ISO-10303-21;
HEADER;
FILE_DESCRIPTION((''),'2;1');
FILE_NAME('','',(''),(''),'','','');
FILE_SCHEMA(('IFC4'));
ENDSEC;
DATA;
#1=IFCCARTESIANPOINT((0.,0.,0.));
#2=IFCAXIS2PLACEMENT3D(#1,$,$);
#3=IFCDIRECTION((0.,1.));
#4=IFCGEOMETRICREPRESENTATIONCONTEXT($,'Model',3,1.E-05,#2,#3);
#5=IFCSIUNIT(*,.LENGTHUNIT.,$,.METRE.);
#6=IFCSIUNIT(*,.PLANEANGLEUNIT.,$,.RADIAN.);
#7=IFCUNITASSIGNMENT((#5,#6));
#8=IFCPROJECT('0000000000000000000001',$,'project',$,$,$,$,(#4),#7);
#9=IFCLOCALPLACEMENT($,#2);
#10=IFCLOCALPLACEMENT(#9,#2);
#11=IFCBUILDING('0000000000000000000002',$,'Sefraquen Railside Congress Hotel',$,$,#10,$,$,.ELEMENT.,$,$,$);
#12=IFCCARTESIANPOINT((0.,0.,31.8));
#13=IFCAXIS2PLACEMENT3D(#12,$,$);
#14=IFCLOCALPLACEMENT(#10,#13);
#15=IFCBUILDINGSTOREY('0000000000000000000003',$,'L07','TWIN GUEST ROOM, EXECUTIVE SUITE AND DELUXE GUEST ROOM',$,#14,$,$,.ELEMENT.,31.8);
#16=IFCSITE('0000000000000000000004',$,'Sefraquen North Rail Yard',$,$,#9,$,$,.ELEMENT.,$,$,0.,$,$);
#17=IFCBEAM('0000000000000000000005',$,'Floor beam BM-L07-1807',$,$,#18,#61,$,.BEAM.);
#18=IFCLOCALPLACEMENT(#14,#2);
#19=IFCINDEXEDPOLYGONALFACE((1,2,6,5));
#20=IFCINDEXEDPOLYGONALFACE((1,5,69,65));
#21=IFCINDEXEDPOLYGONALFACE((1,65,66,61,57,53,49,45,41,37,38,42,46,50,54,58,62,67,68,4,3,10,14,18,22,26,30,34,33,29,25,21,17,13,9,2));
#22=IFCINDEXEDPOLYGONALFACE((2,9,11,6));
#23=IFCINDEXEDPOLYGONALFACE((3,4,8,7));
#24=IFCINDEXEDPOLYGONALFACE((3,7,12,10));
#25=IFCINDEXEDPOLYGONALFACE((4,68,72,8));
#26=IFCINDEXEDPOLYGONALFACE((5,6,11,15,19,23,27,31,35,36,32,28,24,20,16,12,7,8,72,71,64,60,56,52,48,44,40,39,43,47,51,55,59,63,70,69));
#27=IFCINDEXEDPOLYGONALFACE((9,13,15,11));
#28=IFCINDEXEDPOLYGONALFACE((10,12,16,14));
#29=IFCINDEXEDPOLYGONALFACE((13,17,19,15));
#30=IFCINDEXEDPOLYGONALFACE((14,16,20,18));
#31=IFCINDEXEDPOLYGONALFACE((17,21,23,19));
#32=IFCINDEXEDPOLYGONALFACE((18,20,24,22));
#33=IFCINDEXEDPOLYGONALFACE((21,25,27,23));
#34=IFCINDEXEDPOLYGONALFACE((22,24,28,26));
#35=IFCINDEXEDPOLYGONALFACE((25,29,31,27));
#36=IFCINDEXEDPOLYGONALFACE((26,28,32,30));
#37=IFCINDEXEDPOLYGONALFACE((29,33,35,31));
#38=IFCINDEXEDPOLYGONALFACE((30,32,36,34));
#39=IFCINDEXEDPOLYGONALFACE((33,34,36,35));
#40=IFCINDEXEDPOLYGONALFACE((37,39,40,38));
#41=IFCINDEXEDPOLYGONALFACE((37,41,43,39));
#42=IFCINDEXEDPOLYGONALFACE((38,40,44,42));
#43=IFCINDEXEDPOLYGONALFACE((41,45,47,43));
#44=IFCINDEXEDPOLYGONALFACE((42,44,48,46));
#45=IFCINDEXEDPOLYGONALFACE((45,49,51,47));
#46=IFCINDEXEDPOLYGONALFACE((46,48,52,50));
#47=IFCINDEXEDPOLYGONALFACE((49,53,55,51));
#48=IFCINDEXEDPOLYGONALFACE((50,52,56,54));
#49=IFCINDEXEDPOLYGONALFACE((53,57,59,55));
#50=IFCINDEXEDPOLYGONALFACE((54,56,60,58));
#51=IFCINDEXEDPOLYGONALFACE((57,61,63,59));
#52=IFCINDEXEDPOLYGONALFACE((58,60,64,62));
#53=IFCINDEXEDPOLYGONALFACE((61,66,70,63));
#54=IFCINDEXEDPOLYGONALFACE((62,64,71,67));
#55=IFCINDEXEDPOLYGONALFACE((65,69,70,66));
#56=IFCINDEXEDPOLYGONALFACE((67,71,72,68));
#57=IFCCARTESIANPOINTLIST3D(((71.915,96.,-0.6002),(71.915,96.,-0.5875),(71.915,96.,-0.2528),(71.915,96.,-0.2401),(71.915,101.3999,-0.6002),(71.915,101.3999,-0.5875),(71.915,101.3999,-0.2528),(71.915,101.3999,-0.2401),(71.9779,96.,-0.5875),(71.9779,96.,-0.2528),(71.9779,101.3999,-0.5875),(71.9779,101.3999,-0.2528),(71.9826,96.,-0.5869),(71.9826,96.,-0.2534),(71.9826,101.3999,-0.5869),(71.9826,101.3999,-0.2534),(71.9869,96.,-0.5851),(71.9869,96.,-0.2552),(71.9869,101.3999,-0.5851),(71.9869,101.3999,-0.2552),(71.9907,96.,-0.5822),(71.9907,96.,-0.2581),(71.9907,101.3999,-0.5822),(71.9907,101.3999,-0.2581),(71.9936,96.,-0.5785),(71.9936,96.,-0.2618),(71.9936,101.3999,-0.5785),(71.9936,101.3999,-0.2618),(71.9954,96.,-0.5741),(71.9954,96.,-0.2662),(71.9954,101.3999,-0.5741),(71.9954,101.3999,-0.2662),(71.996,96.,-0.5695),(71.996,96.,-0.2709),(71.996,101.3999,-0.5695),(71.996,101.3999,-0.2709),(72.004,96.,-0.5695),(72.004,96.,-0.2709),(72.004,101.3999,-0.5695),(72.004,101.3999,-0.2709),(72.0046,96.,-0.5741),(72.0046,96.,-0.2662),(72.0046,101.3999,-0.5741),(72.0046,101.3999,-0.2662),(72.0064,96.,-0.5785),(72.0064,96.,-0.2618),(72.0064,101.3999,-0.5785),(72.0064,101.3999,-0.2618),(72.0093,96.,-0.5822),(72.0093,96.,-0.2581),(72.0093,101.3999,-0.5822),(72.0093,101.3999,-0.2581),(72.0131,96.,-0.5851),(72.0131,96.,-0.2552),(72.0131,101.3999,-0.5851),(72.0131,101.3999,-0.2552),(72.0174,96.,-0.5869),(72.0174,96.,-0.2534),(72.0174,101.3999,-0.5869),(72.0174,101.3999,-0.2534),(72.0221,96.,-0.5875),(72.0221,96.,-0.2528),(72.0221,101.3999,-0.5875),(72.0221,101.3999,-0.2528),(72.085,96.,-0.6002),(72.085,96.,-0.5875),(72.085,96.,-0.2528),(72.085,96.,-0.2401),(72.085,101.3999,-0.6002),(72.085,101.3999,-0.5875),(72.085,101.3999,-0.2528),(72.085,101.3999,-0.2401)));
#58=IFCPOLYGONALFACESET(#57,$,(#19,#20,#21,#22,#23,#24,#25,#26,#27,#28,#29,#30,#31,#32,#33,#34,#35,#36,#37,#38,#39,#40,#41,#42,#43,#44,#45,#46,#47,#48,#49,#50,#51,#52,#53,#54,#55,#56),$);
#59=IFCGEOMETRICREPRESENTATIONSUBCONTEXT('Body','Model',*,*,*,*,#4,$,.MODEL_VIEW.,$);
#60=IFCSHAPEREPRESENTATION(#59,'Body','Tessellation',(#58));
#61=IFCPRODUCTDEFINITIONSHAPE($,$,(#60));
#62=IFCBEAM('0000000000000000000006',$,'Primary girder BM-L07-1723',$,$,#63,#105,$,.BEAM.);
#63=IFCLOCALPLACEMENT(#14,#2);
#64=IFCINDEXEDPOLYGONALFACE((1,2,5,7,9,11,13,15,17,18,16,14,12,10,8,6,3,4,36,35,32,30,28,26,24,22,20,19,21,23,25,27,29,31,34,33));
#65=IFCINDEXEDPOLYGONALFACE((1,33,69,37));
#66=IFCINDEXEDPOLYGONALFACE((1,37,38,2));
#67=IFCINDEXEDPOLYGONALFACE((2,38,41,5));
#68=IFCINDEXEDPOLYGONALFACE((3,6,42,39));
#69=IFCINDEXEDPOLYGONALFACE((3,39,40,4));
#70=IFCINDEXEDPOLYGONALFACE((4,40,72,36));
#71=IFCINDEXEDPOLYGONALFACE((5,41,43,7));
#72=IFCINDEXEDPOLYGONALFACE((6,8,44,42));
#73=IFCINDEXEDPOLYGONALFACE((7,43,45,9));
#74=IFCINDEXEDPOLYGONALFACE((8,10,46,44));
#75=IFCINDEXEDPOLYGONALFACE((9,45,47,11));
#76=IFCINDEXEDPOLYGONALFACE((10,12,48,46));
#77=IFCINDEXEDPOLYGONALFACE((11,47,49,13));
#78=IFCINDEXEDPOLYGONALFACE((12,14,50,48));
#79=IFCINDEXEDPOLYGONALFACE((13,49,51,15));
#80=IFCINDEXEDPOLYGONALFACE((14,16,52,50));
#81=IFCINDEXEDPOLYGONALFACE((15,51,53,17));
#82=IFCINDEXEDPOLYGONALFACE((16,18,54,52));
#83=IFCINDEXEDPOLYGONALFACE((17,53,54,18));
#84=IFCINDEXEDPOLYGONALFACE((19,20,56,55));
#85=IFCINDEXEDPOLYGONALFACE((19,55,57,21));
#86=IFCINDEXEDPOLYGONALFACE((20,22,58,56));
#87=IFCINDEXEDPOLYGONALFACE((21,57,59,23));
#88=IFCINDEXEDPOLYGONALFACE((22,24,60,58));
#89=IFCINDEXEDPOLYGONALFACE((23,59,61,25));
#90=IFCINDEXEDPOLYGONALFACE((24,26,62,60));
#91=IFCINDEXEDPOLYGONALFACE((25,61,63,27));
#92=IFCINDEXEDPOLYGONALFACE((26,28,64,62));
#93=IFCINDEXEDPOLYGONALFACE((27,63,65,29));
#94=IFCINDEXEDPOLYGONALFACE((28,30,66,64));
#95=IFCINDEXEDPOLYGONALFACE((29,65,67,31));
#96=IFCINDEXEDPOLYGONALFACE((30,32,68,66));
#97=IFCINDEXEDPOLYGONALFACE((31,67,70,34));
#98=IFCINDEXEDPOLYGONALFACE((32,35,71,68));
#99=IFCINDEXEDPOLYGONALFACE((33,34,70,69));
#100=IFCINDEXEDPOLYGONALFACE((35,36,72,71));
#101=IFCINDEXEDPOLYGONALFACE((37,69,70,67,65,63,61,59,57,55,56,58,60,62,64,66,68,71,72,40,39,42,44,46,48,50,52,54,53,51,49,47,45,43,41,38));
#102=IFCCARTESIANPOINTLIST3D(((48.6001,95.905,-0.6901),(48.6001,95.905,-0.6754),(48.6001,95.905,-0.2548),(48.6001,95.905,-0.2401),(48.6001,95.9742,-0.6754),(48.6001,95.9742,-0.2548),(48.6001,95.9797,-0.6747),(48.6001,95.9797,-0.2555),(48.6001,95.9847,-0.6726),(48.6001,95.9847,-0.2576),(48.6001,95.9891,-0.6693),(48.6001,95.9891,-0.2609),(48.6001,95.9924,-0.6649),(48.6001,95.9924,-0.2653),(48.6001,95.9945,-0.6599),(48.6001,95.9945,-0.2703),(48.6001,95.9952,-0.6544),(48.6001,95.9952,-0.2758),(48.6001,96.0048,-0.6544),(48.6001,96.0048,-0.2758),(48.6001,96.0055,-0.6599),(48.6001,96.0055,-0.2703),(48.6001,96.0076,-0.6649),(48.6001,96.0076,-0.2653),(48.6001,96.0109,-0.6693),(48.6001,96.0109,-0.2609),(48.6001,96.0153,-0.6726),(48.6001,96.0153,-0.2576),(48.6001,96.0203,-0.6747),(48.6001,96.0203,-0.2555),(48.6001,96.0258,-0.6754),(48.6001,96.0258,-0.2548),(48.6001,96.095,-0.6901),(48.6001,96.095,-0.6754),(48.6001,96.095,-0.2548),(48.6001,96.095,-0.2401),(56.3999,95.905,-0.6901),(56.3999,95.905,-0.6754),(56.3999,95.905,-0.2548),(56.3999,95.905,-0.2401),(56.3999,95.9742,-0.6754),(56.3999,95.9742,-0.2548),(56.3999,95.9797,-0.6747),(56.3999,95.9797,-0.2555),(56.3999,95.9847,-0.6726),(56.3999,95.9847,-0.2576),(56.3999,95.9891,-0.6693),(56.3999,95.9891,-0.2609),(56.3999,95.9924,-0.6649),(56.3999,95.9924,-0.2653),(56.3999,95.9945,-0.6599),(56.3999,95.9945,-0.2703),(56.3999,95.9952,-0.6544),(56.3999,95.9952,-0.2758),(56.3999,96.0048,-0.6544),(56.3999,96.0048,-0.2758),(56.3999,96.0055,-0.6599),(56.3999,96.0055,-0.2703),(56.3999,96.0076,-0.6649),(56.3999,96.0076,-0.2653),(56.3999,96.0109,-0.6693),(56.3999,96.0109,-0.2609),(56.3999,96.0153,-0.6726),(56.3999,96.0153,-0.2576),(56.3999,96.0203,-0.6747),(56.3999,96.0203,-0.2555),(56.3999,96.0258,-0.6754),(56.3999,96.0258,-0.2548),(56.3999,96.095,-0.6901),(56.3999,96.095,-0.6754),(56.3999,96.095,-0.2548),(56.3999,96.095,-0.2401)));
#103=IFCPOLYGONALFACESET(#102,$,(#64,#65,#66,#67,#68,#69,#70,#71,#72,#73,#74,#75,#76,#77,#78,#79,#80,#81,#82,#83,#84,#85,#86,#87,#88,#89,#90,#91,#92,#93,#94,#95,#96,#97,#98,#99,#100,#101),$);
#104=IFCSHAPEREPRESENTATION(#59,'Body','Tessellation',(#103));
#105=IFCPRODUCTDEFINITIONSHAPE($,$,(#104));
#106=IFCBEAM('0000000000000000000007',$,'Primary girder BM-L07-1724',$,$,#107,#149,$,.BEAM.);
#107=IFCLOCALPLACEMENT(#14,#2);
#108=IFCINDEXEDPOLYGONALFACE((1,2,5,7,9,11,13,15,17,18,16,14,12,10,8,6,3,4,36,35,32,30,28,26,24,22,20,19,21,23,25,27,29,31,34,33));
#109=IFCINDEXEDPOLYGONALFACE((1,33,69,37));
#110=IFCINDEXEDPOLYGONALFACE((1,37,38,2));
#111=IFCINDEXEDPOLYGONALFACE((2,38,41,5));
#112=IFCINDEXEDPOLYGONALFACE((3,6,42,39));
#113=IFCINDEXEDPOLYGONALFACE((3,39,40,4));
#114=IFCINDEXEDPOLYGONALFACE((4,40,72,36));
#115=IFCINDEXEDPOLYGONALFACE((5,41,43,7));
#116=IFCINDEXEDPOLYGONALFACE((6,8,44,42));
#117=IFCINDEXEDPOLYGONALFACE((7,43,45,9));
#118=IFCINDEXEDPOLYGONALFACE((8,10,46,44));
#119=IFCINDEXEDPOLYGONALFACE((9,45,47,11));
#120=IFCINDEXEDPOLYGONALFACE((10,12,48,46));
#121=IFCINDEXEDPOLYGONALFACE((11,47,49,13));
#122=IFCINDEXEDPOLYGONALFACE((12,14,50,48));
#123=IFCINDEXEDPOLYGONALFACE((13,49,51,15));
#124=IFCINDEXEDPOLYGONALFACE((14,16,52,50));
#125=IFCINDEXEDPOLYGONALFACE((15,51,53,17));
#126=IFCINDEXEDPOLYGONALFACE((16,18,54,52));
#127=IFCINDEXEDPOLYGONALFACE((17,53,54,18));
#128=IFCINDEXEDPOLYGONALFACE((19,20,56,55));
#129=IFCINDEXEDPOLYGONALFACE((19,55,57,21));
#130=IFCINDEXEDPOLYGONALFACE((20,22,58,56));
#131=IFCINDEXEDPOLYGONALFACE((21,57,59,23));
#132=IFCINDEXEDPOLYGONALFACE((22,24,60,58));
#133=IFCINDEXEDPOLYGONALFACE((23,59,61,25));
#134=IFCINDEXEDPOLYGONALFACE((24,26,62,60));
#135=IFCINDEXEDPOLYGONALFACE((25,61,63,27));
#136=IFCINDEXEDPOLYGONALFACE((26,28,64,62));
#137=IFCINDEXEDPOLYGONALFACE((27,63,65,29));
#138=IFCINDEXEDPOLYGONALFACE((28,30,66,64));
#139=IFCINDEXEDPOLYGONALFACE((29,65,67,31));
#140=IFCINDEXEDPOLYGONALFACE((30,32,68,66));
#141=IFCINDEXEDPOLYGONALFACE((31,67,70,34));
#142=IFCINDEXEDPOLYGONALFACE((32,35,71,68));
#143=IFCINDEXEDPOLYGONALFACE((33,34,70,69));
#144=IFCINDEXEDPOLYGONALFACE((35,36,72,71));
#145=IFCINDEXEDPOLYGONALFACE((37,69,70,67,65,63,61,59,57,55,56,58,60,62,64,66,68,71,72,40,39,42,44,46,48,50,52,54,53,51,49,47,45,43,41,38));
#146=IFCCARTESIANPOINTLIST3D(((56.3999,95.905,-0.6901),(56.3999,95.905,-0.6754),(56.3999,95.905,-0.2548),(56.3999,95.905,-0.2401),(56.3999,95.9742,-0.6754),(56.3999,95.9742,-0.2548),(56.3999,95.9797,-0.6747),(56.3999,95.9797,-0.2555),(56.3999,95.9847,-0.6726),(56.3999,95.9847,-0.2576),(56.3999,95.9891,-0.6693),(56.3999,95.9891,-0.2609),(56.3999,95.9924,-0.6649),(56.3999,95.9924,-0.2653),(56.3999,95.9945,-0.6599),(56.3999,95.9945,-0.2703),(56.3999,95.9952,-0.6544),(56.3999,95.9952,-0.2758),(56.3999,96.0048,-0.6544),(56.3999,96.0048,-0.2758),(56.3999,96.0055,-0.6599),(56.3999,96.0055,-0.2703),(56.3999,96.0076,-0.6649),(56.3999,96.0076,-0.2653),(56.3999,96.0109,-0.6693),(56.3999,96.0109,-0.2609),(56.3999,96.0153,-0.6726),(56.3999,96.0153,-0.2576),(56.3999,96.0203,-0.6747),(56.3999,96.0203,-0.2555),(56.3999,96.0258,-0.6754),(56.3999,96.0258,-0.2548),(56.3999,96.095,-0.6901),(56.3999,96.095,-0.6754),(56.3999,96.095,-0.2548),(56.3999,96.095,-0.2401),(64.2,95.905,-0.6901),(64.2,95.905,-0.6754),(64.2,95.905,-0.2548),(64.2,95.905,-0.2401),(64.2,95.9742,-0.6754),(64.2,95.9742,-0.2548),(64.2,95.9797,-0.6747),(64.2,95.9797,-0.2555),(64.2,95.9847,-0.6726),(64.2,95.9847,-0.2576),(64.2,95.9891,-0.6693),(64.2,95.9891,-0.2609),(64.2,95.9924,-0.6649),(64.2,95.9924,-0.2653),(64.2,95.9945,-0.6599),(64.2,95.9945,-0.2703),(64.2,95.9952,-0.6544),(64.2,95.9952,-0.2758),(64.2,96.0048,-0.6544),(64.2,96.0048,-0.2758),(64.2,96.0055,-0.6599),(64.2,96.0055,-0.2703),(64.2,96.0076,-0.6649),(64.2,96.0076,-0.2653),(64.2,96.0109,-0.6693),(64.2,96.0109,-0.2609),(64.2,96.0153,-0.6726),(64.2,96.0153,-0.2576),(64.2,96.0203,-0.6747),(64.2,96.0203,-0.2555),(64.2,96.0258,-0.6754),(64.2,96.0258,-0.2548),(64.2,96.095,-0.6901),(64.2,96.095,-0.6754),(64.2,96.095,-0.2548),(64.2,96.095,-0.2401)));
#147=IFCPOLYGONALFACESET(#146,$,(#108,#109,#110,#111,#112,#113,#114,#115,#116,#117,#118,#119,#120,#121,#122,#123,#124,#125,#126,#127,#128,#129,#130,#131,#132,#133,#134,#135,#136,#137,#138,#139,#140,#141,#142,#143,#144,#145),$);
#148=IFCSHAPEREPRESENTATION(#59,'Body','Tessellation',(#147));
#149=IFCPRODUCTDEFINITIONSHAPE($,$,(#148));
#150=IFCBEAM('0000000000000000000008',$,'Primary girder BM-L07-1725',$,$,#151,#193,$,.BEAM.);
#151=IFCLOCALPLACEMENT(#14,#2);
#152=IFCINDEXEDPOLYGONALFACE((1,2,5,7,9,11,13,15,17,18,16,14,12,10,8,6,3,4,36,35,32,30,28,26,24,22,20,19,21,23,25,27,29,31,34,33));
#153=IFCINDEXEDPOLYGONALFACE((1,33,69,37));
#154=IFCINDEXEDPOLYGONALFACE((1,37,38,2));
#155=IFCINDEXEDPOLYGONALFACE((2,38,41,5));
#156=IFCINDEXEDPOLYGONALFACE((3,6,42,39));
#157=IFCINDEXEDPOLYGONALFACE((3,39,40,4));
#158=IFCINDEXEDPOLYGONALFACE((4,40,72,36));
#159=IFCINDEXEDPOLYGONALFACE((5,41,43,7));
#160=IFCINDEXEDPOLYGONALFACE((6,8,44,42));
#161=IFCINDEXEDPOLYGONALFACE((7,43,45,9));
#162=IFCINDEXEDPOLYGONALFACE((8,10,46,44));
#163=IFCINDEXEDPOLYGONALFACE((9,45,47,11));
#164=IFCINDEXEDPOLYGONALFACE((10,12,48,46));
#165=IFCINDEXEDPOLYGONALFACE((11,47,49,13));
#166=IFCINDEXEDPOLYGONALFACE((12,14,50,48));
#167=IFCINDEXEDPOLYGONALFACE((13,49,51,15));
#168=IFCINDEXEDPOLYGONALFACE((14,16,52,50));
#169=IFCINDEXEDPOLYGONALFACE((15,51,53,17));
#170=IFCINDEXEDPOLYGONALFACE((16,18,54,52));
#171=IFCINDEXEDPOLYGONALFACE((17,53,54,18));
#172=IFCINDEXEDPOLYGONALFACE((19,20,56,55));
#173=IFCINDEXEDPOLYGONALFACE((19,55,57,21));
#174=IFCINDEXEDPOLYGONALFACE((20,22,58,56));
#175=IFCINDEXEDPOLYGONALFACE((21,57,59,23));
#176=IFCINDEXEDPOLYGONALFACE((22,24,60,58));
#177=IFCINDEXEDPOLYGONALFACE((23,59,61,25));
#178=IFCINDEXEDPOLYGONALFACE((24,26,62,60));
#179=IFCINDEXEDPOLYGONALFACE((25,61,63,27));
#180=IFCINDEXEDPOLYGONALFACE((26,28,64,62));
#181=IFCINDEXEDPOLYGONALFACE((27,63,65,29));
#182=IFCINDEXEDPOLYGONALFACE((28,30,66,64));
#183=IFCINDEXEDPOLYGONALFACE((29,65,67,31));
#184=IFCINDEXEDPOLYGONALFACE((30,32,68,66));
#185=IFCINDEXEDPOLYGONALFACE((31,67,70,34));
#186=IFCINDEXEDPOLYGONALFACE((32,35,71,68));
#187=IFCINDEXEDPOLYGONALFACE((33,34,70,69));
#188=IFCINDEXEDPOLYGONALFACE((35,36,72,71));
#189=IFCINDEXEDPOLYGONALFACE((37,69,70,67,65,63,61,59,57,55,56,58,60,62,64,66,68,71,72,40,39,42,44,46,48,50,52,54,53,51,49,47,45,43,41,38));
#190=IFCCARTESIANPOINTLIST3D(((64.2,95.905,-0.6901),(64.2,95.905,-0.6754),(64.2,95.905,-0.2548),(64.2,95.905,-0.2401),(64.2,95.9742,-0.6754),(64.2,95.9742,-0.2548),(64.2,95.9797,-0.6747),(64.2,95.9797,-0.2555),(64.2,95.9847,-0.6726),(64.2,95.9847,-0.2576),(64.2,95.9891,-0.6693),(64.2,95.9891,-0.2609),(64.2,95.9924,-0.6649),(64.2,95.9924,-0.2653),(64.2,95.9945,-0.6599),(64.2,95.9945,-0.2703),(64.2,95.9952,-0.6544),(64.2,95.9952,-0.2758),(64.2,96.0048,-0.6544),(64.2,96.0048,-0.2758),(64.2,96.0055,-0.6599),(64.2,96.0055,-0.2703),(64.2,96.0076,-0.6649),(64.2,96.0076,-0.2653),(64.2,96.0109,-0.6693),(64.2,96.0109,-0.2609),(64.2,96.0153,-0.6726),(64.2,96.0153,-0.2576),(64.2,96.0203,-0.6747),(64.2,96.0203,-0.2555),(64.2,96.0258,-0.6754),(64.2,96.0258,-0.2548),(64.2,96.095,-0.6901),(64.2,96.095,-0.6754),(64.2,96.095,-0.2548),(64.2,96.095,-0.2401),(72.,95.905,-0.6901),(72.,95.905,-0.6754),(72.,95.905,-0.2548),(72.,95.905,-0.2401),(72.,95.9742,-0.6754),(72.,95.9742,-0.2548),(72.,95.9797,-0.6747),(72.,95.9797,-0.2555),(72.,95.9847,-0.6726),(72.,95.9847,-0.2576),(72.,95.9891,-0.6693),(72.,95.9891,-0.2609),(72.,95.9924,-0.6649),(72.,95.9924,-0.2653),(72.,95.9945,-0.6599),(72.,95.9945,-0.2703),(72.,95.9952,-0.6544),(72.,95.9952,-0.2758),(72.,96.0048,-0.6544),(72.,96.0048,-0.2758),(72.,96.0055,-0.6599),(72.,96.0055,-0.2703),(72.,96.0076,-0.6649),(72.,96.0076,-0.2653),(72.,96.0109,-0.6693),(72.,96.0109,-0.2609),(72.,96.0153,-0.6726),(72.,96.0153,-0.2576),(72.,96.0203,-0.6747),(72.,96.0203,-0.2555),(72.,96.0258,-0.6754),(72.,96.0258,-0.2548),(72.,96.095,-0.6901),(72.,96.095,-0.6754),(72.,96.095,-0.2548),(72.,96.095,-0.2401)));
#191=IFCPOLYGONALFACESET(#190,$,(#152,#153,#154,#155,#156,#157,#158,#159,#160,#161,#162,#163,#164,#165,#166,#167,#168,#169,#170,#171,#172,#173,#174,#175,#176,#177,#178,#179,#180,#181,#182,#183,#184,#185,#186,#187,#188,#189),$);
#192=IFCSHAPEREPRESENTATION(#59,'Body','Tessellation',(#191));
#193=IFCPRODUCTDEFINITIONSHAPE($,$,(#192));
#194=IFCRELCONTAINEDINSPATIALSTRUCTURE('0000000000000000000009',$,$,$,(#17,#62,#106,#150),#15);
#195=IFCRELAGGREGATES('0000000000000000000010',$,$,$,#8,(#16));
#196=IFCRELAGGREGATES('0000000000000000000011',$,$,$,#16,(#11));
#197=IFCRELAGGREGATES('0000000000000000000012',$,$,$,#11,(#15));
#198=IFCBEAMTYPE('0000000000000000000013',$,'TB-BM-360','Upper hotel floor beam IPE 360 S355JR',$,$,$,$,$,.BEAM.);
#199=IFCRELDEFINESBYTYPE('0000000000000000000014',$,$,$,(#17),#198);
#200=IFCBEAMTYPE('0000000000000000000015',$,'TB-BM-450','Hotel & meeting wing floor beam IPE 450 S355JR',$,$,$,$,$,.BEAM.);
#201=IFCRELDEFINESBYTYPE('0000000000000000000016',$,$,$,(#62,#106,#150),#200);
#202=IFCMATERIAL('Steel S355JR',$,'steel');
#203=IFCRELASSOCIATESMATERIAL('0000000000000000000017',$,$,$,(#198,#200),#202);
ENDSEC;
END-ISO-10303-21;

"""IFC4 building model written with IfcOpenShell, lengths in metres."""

from ifc_helpers import new_model, si_unit, direction, frame, origin, origin_2d, place, context, subcontext, project, spatial, i_section, extrude, material, material_profile, profile_set, type_object, element, save


model = new_model("IFC4")

# Units and contexts
model_context = context("Model", 3, precision=1e-05, world=origin(), true_north=direction((0.0, 1.0)))
body_context = subcontext(model_context, "Body", "Model", "MODEL_VIEW")
ifc_project = project(units=[si_unit("LENGTHUNIT", "METRE"), si_unit("PLANEANGLEUNIT", "RADIAN")], contexts=[model_context])

# Site, building, storey
site_placement = place(None, origin())
site = spatial("IfcSite", under=ifc_project, at=site_placement, Name="Sefraquen North Rail Yard", CompositionType="ELEMENT", RefElevation=0.0)
building_placement = place(site_placement, origin())
building = spatial("IfcBuilding", under=site, at=building_placement, Name="Sefraquen Railside Congress Hotel", CompositionType="ELEMENT")
storey_placement = place(building_placement, frame((0.0, 0.0, 31.8)))
storey = spatial("IfcBuildingStorey", under=building, at=storey_placement, Name="L07", Description="TWIN GUEST ROOM, EXECUTIVE SUITE AND DELUXE GUEST ROOM", CompositionType="ELEMENT", Elevation=31.8)

# Shared definitions
ifc_material_1 = material(Name="Steel S355JR", Category="steel")

# Beams
ifc_material_profile_1 = material_profile(ifc_material_1, i_section(OverallWidth=0.1699, OverallDepth=0.3601, WebThickness=0.0081, FlangeThickness=0.0127, FilletRadius=0.0181, at=origin_2d()), Name="IPE 360")
ifc_profile_set_1 = profile_set([ifc_material_profile_1], Name="Steel S355JR")
beam_type_1 = type_object("IfcBeamType", Name="TB-BM-360", Description="Upper hotel floor beam IPE 360 S355JR", PredefinedType="BEAM", material=ifc_profile_set_1)
for number, where, z_axis, x_axis, name in (
    (1, (72.0, 96.0, -0.4202), (0.0, 1.0, 0.0), (-1.0, 0.0, 0.0), "Floor beam BM-L07-1807"),
):
    element("IfcBeam", number, at=place(storey_placement, frame(where, z_axis=z_axis, x_axis=x_axis)), inside=storey, type_object=beam_type_1, Name=name, PredefinedType="BEAM", context=body_context, shape_type="SweptSolid", body=[
        extrude(i_section(OverallWidth=0.1699, OverallDepth=0.3601, WebThickness=0.0081, FlangeThickness=0.0127, FilletRadius=0.0181, at=origin_2d()), origin(), (0.0, 0.0, 1.0), 5.3999),
    ])
ifc_material_profile_2 = material_profile(ifc_material_1, i_section(OverallWidth=0.1899, OverallDepth=0.45, WebThickness=0.0095, FlangeThickness=0.0146, FilletRadius=0.021, at=origin_2d()), Name="IPE 450")
ifc_profile_set_2 = profile_set([ifc_material_profile_2], Name="Steel S355JR")
beam_type_2 = type_object("IfcBeamType", Name="TB-BM-450", Description="Hotel & meeting wing floor beam IPE 450 S355JR", PredefinedType="BEAM", material=ifc_profile_set_2)
beam_placement = place(storey_placement, frame((48.6001, 96.0, -0.4651), z_axis=(1.0, 0.0, 0.0), x_axis=(0.0, 1.0, 0.0)))
element("IfcBeam", 2, at=beam_placement, inside=storey, type_object=beam_type_2, Name="Primary girder BM-L07-1723", PredefinedType="BEAM", context=body_context, shape_type="SweptSolid", body=[
    extrude(i_section(OverallWidth=0.1899, OverallDepth=0.45, WebThickness=0.0095, FlangeThickness=0.0146, FilletRadius=0.021, at=origin_2d()), origin(), (0.0, 0.0, 1.0), 7.7998),
])
for number, where, z_axis, x_axis, name in (
    (3, (56.3999, 96.0, -0.4651), (1.0, 0.0, 0.0), (0.0, 1.0, 0.0), "Primary girder BM-L07-1724"),
    (4, (64.2, 96.0, -0.4651), (1.0, 0.0, 0.0), (0.0, 1.0, 0.0), "Primary girder BM-L07-1725"),
):
    element("IfcBeam", number, at=place(storey_placement, frame(where, z_axis=z_axis, x_axis=x_axis)), inside=storey, type_object=beam_type_2, Name=name, PredefinedType="BEAM", context=body_context, shape_type="SweptSolid", body=[
        extrude(i_section(OverallWidth=0.1899, OverallDepth=0.45, WebThickness=0.0095, FlangeThickness=0.0146, FilletRadius=0.021, at=origin_2d()), origin(), (0.0, 0.0, 1.0), 7.8),
    ])

save(model, "model.ifc")
